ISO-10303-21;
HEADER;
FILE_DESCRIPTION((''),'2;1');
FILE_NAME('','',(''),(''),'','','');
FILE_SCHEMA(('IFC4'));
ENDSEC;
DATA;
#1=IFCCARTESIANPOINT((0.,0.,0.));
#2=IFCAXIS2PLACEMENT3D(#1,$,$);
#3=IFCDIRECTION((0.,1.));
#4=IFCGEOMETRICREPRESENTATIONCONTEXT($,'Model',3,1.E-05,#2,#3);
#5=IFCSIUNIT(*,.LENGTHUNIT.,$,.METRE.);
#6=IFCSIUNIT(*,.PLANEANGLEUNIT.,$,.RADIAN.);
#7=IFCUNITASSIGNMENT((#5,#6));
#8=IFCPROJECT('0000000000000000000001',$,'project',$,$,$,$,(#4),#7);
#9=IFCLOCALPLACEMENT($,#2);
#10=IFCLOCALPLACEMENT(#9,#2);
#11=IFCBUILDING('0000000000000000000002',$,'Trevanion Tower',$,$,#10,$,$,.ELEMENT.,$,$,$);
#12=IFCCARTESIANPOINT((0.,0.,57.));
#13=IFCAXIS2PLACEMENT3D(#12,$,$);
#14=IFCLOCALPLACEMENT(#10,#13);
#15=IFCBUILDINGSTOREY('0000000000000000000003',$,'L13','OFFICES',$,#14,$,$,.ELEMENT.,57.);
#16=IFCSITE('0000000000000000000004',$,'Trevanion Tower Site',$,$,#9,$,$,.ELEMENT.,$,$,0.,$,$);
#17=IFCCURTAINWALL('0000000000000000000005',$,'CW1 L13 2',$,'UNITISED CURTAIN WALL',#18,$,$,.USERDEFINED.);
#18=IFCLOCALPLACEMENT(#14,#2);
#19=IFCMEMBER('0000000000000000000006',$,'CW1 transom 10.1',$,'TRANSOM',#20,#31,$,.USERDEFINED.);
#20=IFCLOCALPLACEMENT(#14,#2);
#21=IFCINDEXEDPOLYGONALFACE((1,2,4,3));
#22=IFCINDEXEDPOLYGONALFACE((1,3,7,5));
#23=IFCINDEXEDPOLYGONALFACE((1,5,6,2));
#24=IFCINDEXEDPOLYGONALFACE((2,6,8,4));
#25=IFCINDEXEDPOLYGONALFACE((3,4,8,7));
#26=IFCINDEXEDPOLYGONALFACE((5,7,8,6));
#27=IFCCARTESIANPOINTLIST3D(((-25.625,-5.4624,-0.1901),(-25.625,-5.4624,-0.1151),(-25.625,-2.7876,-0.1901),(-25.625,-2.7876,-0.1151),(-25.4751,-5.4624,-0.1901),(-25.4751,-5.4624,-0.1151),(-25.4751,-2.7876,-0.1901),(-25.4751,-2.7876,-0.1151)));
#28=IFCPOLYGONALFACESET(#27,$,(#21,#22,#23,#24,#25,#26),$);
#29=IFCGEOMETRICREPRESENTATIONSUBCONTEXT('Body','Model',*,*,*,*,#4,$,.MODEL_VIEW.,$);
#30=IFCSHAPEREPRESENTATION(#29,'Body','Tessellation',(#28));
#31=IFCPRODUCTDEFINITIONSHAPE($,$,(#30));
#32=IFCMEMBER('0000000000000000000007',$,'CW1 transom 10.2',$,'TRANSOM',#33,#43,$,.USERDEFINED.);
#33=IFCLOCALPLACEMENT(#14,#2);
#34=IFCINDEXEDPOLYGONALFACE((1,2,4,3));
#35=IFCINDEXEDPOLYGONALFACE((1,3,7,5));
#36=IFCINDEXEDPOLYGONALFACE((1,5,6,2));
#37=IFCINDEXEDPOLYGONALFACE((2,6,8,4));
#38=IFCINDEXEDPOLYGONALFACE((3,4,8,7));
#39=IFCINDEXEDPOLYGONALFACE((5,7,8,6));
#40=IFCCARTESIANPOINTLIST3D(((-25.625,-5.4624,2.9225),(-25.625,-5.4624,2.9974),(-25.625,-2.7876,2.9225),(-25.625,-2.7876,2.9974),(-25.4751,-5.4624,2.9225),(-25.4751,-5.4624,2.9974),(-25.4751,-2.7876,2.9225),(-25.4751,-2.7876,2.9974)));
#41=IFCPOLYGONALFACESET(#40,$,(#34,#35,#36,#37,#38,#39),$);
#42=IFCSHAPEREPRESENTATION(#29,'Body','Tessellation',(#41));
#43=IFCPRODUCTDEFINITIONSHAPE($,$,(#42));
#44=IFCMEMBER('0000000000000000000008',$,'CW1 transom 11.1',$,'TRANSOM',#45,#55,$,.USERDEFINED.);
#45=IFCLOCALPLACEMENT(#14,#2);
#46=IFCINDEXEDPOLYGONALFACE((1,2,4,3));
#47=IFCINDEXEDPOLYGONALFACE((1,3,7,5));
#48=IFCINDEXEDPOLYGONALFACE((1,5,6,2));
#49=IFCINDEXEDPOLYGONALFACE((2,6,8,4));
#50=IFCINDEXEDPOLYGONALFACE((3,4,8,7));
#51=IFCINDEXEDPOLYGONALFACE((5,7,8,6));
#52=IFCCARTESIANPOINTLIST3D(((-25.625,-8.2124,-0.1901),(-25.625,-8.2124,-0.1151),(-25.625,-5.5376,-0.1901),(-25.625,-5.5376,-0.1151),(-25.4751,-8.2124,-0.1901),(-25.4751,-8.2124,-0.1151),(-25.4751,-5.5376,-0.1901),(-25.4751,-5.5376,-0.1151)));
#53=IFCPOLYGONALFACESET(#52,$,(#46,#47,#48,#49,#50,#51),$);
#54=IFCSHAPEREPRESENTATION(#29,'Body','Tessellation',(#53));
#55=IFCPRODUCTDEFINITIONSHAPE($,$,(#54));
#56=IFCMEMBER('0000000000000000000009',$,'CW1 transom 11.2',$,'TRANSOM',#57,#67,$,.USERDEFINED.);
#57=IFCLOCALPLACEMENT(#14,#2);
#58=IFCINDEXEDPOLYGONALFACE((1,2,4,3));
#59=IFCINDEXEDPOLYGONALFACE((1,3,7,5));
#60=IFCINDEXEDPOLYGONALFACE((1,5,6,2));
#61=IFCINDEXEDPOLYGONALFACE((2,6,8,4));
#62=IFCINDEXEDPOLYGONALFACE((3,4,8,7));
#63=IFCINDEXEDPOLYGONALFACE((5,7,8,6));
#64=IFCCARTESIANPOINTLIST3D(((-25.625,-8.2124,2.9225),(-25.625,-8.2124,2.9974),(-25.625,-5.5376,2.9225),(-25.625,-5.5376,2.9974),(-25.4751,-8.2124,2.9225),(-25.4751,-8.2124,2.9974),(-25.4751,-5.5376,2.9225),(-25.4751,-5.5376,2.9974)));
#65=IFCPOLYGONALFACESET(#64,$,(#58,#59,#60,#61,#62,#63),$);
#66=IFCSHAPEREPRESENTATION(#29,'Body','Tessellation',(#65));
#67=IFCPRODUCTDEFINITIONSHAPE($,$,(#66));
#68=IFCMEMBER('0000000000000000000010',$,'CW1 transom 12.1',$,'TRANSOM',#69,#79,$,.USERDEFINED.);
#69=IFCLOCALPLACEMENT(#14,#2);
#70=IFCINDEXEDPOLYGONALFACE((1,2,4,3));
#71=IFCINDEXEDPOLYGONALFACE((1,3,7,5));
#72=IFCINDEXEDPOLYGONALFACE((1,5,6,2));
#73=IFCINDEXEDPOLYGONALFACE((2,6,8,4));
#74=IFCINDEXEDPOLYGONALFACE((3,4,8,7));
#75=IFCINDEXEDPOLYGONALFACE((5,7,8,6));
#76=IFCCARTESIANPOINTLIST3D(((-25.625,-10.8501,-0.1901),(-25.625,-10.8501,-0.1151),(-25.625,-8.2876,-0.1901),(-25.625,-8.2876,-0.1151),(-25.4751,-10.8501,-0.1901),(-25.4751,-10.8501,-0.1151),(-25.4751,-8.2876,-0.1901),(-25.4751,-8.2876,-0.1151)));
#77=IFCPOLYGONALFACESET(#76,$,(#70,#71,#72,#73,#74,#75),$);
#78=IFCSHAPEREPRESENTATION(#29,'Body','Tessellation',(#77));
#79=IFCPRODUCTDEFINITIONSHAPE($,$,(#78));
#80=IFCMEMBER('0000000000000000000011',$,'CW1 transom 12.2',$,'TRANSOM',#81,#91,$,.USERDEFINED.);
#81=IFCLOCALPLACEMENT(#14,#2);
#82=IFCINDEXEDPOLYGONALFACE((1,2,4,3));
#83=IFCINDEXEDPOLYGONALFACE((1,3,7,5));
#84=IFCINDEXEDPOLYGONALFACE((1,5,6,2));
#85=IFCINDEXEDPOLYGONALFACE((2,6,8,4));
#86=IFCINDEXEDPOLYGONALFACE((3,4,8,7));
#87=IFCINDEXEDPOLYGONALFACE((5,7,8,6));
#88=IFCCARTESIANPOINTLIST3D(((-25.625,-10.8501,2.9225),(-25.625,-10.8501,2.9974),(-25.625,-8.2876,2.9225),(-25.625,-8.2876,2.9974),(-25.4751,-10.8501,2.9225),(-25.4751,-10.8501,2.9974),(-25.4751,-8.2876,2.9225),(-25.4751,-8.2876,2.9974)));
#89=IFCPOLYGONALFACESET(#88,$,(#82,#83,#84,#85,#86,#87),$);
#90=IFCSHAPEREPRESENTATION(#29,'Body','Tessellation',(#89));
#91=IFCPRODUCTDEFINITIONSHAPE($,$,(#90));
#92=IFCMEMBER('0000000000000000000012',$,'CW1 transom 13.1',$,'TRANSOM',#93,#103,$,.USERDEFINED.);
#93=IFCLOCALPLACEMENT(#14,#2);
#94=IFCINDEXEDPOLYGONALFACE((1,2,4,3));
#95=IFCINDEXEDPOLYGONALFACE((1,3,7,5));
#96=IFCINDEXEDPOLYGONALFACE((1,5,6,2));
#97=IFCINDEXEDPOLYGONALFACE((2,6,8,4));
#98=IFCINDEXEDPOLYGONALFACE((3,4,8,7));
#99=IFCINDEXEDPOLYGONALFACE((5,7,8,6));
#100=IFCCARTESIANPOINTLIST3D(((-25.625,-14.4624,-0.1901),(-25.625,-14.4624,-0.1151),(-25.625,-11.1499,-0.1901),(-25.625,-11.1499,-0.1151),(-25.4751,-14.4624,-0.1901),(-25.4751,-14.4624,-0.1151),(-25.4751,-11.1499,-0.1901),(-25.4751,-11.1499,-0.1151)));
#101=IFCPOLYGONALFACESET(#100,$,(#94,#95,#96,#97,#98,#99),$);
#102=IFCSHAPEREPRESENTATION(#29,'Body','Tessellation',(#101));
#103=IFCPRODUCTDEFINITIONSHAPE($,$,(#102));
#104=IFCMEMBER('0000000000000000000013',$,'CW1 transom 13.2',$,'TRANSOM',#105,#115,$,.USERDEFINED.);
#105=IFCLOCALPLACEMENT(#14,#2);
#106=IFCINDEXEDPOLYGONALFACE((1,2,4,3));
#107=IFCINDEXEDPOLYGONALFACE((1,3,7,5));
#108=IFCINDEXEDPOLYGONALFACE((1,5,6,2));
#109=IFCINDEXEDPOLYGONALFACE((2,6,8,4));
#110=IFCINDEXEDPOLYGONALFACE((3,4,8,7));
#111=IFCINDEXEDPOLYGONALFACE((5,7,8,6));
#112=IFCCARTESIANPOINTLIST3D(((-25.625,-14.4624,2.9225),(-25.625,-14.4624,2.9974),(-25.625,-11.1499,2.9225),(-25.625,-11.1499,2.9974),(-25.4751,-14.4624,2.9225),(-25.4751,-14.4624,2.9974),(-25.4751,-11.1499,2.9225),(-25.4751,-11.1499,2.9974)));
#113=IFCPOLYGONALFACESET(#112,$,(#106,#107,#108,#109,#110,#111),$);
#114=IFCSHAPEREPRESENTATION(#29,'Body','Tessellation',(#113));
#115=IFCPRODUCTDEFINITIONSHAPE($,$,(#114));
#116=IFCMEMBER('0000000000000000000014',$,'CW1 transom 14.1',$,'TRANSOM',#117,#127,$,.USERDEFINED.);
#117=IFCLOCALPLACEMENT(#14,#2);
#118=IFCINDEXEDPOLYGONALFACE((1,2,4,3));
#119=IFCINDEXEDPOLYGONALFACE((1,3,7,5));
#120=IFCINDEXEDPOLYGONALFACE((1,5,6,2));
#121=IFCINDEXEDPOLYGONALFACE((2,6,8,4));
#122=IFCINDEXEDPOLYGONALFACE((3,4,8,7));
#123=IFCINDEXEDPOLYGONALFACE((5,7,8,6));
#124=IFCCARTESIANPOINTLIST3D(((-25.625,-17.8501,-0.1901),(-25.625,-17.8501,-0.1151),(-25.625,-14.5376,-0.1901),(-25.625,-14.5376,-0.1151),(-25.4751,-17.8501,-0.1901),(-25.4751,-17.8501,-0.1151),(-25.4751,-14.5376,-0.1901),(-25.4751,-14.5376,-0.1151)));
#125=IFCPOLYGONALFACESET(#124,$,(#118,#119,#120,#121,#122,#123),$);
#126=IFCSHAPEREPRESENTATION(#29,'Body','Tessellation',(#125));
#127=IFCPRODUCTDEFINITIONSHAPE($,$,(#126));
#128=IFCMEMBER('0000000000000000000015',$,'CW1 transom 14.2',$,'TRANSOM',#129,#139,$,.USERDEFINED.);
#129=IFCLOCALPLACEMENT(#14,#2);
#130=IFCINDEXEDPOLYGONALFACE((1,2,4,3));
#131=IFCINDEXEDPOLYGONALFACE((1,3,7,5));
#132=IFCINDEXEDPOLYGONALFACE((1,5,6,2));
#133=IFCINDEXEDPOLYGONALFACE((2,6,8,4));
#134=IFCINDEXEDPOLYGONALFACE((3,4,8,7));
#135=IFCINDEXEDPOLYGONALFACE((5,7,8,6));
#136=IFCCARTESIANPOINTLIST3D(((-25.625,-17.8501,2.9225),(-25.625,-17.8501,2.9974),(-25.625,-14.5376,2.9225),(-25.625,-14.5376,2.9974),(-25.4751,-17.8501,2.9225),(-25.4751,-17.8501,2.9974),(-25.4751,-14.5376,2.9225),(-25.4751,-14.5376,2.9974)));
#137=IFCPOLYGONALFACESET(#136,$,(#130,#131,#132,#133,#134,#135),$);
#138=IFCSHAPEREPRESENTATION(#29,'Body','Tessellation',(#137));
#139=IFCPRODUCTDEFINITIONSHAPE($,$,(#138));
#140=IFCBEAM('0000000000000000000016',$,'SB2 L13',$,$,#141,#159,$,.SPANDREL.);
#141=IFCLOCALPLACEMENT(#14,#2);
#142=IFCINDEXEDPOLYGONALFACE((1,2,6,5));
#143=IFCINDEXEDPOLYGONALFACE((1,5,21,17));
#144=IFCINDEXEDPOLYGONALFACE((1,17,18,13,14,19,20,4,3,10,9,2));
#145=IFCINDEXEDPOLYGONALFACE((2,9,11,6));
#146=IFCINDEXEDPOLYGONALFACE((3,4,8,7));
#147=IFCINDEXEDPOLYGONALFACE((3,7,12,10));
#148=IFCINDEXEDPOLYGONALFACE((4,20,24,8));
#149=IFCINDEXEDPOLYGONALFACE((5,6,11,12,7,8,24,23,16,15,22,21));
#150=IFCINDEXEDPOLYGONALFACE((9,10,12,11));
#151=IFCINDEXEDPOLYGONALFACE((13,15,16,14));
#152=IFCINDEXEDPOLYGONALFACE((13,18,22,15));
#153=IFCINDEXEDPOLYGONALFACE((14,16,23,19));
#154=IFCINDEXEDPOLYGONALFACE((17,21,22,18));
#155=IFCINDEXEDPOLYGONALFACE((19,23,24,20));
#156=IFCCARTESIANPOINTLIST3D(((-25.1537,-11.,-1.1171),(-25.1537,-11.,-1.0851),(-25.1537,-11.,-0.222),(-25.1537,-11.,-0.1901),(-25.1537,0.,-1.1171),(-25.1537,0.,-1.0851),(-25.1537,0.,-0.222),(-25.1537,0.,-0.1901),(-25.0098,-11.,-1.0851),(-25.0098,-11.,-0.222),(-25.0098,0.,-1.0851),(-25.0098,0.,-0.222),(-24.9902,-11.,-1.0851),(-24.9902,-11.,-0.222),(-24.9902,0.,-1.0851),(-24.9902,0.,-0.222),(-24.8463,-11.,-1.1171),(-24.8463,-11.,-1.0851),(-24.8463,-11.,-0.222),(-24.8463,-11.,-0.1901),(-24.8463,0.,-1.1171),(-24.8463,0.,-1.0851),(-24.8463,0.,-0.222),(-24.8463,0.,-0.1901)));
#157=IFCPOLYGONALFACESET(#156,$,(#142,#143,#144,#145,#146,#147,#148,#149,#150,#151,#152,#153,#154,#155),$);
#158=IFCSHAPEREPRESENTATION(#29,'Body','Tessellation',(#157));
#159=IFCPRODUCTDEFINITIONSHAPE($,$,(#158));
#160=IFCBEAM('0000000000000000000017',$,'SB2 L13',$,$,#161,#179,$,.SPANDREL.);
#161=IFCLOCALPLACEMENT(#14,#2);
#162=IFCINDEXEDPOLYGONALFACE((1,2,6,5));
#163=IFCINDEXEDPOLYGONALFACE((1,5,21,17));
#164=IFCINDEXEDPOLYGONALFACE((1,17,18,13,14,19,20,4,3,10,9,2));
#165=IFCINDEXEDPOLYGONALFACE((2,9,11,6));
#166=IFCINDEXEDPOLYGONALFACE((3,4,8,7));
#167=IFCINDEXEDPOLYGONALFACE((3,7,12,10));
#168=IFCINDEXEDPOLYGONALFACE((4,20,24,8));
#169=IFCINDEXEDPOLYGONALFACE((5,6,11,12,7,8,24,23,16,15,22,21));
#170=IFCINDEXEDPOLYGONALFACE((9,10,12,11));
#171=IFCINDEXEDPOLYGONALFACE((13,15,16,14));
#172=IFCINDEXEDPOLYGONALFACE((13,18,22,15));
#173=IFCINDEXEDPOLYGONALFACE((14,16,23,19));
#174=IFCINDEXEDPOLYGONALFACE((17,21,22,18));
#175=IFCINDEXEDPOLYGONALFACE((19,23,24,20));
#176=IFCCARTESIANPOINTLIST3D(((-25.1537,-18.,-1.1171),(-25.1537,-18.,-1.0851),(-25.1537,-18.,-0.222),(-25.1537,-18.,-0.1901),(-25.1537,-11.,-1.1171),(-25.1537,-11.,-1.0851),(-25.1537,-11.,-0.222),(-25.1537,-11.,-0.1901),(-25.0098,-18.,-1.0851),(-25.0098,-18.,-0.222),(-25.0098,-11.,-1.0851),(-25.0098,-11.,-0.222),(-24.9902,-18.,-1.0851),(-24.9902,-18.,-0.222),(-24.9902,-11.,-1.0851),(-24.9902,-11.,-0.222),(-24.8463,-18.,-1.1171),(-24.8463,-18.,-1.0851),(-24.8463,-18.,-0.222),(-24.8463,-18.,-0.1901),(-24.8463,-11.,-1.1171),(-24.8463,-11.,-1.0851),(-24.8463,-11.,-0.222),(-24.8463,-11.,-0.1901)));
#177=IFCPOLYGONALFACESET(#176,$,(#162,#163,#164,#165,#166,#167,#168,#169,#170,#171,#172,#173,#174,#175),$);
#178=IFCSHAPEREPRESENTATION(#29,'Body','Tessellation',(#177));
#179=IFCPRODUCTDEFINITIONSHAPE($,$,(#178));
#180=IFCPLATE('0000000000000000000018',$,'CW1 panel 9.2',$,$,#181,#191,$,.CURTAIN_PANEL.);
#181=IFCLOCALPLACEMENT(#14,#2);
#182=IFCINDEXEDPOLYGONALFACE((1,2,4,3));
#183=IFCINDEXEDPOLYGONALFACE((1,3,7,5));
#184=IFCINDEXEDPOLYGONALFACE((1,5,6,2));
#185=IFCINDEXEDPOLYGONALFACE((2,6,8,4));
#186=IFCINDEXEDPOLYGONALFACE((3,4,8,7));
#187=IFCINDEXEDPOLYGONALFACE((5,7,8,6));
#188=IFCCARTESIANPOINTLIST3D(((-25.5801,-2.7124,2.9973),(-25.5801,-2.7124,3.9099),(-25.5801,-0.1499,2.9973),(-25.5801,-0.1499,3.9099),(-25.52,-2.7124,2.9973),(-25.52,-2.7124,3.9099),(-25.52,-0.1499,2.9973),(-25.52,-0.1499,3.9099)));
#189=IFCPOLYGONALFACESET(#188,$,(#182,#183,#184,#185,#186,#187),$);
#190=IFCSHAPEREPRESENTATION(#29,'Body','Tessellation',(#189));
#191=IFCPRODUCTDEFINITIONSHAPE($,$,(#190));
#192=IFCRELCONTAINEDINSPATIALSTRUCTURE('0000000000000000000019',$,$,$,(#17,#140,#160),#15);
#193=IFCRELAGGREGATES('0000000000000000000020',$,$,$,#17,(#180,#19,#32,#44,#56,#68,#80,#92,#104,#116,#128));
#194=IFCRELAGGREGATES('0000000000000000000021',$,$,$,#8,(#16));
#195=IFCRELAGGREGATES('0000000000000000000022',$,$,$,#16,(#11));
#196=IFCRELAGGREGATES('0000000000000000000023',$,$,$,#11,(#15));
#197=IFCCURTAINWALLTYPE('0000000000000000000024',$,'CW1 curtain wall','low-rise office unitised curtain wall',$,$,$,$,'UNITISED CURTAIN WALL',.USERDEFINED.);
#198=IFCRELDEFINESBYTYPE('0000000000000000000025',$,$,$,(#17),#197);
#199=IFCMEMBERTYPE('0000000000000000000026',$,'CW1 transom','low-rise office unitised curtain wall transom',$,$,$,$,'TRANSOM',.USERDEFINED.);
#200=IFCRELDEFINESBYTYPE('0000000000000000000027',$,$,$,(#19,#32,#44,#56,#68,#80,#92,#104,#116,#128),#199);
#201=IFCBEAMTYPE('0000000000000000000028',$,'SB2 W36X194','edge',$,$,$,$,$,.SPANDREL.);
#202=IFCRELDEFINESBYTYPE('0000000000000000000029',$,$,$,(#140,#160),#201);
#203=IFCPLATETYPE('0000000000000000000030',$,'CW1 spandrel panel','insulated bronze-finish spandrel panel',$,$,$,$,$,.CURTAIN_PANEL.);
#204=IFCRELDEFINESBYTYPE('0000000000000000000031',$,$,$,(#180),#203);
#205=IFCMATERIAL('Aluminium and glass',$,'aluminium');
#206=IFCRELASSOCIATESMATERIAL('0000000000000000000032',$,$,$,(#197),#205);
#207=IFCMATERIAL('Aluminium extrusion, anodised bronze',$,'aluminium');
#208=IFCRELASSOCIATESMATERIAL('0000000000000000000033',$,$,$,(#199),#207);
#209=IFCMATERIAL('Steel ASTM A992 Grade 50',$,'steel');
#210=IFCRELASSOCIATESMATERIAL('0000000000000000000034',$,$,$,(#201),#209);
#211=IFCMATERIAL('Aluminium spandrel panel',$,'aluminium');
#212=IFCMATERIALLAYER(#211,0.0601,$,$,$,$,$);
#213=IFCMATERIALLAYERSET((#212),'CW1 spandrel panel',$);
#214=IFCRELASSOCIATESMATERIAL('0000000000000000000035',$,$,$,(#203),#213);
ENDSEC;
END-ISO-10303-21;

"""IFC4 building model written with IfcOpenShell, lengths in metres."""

from ifc_helpers import new_model, si_unit, direction, frame, origin, origin_2d, place, context, subcontext, project, spatial, rectangle, i_section, extrude, material, layer, layer_set, material_profile, profile_set, type_object, element, aggregate, save


model = new_model("IFC4")

# Units and contexts
model_context = context("Model", 3, precision=1e-05, world=origin(), true_north=direction((0.0, 1.0)))
body_context = subcontext(model_context, "Body", "Model", "MODEL_VIEW")
ifc_project = project(units=[si_unit("LENGTHUNIT", "METRE"), si_unit("PLANEANGLEUNIT", "RADIAN")], contexts=[model_context])

# Site, building, storey
site_placement = place(None, origin())
site = spatial("IfcSite", under=ifc_project, at=site_placement, Name="Trevanion Tower Site", CompositionType="ELEMENT", RefElevation=0.0)
building_placement = place(site_placement, origin())
building = spatial("IfcBuilding", under=site, at=building_placement, Name="Trevanion Tower", CompositionType="ELEMENT")
storey_placement = place(building_placement, frame((0.0, 0.0, 57.0)))
storey = spatial("IfcBuildingStorey", under=building, at=storey_placement, Name="L13", Description="OFFICES", CompositionType="ELEMENT", Elevation=57.0)

# Curtain wall, members
ifc_material_1 = material(Name="Aluminium and glass", Category="aluminium")
curtain_wall_type = type_object("IfcCurtainWallType", Name="CW1 curtain wall", Description="low-rise office unitised curtain wall", ElementType="UNITISED CURTAIN WALL", PredefinedType="USERDEFINED", material=ifc_material_1)
curtain_wall_placement = place(storey_placement, origin())
curtain_wall = element("IfcCurtainWall", 1, at=curtain_wall_placement, inside=storey, type_object=curtain_wall_type, Name="CW1 L13 2", ObjectType="UNITISED CURTAIN WALL", PredefinedType="USERDEFINED")
ifc_material_2 = material(Name="Aluminium extrusion, anodised bronze", Category="aluminium")
ifc_material_profile_1 = material_profile(ifc_material_2, rectangle(XDim=0.1499, YDim=0.075, at=origin_2d()), Name="CW1 transom")
ifc_profile_set_1 = profile_set([ifc_material_profile_1], Name="Aluminium extrusion, anodised bronze")
member_type_1 = type_object("IfcMemberType", Name="CW1 transom", Description="low-rise office unitised curtain wall transom", ElementType="TRANSOM", PredefinedType="USERDEFINED", material=ifc_profile_set_1)
member_1_placement = place(storey_placement, frame((-25.55, -2.7876, -0.1526), z_axis=(0.0, -1.0, 0.0), x_axis=(1.0, 0.0, 0.0)))
member_1 = element("IfcMember", 2, at=member_1_placement, type_object=member_type_1, Name="CW1 transom 10.1", ObjectType="TRANSOM", PredefinedType="USERDEFINED", context=body_context, shape_type="SweptSolid", body=[
    extrude(rectangle(XDim=0.1499, YDim=0.075, at=origin_2d()), origin(), (0.0, 0.0, 1.0), 2.6748),
])
member_2_placement = place(storey_placement, frame((-25.55, -2.7876, 2.96), z_axis=(0.0, -1.0, 0.0), x_axis=(1.0, 0.0, 0.0)))
member_2 = element("IfcMember", 3, at=member_2_placement, type_object=member_type_1, Name="CW1 transom 10.2", ObjectType="TRANSOM", PredefinedType="USERDEFINED", context=body_context, shape_type="SweptSolid", body=[
    extrude(rectangle(XDim=0.1499, YDim=0.075, at=origin_2d()), origin(), (0.0, 0.0, 1.0), 2.6748),
])
member_3_placement = place(storey_placement, frame((-25.55, -5.5376, -0.1526), z_axis=(0.0, -1.0, 0.0), x_axis=(1.0, 0.0, 0.0)))
member_3 = element("IfcMember", 4, at=member_3_placement, type_object=member_type_1, Name="CW1 transom 11.1", ObjectType="TRANSOM", PredefinedType="USERDEFINED", context=body_context, shape_type="SweptSolid", body=[
    extrude(rectangle(XDim=0.1499, YDim=0.075, at=origin_2d()), origin(), (0.0, 0.0, 1.0), 2.6748),
])
member_4_placement = place(storey_placement, frame((-25.55, -5.5376, 2.96), z_axis=(0.0, -1.0, 0.0), x_axis=(1.0, 0.0, 0.0)))
member_4 = element("IfcMember", 5, at=member_4_placement, type_object=member_type_1, Name="CW1 transom 11.2", ObjectType="TRANSOM", PredefinedType="USERDEFINED", context=body_context, shape_type="SweptSolid", body=[
    extrude(rectangle(XDim=0.1499, YDim=0.075, at=origin_2d()), origin(), (0.0, 0.0, 1.0), 2.6748),
])
member_5_placement = place(storey_placement, frame((-25.55, -8.2876, -0.1526), z_axis=(0.0, -1.0, 0.0), x_axis=(1.0, 0.0, 0.0)))
member_5 = element("IfcMember", 6, at=member_5_placement, type_object=member_type_1, Name="CW1 transom 12.1", ObjectType="TRANSOM", PredefinedType="USERDEFINED", context=body_context, shape_type="SweptSolid", body=[
    extrude(rectangle(XDim=0.1499, YDim=0.075, at=origin_2d()), origin(), (0.0, 0.0, 1.0), 2.5625),
])
member_6_placement = place(storey_placement, frame((-25.55, -8.2876, 2.96), z_axis=(0.0, -1.0, 0.0), x_axis=(1.0, 0.0, 0.0)))
member_6 = element("IfcMember", 7, at=member_6_placement, type_object=member_type_1, Name="CW1 transom 12.2", ObjectType="TRANSOM", PredefinedType="USERDEFINED", context=body_context, shape_type="SweptSolid", body=[
    extrude(rectangle(XDim=0.1499, YDim=0.075, at=origin_2d()), origin(), (0.0, 0.0, 1.0), 2.5625),
])
member_7_placement = place(storey_placement, frame((-25.55, -11.1499, -0.1526), z_axis=(0.0, -1.0, 0.0), x_axis=(1.0, 0.0, 0.0)))
member_7 = element("IfcMember", 8, at=member_7_placement, type_object=member_type_1, Name="CW1 transom 13.1", ObjectType="TRANSOM", PredefinedType="USERDEFINED", context=body_context, shape_type="SweptSolid", body=[
    extrude(rectangle(XDim=0.1499, YDim=0.075, at=origin_2d()), origin(), (0.0, 0.0, 1.0), 3.3125),
])
member_8_placement = place(storey_placement, frame((-25.55, -11.1499, 2.96), z_axis=(0.0, -1.0, 0.0), x_axis=(1.0, 0.0, 0.0)))
member_8 = element("IfcMember", 9, at=member_8_placement, type_object=member_type_1, Name="CW1 transom 13.2", ObjectType="TRANSOM", PredefinedType="USERDEFINED", context=body_context, shape_type="SweptSolid", body=[
    extrude(rectangle(XDim=0.1499, YDim=0.075, at=origin_2d()), origin(), (0.0, 0.0, 1.0), 3.3125),
])
member_9_placement = place(storey_placement, frame((-25.55, -14.5376, -0.1526), z_axis=(0.0, -1.0, 0.0), x_axis=(1.0, 0.0, 0.0)))
member_9 = element("IfcMember", 10, at=member_9_placement, type_object=member_type_1, Name="CW1 transom 14.1", ObjectType="TRANSOM", PredefinedType="USERDEFINED", context=body_context, shape_type="SweptSolid", body=[
    extrude(rectangle(XDim=0.1499, YDim=0.075, at=origin_2d()), origin(), (0.0, 0.0, 1.0), 3.3125),
])
member_10_placement = place(storey_placement, frame((-25.55, -14.5376, 2.96), z_axis=(0.0, -1.0, 0.0), x_axis=(1.0, 0.0, 0.0)))
member_10 = element("IfcMember", 11, at=member_10_placement, type_object=member_type_1, Name="CW1 transom 14.2", ObjectType="TRANSOM", PredefinedType="USERDEFINED", context=body_context, shape_type="SweptSolid", body=[
    extrude(rectangle(XDim=0.1499, YDim=0.075, at=origin_2d()), origin(), (0.0, 0.0, 1.0), 3.3125),
])

# Beams
ifc_material_3 = material(Name="Steel ASTM A992 Grade 50", Category="steel")
ifc_material_profile_2 = material_profile(ifc_material_3, i_section(OverallWidth=0.3074, OverallDepth=0.927, WebThickness=0.0195, FlangeThickness=0.032, at=origin_2d()), Name="W36X194")
ifc_profile_set_2 = profile_set([ifc_material_profile_2], Name="Steel ASTM A992 Grade 50")
beam_type_1 = type_object("IfcBeamType", Name="SB2 W36X194", Description="edge", PredefinedType="SPANDREL", material=ifc_profile_set_2)
beam_1_placement = place(storey_placement, frame((-25.0, 0.0, -0.6536), z_axis=(0.0, -1.0, 0.0), x_axis=(1.0, 0.0, 0.0)))
element("IfcBeam", 12, at=beam_1_placement, inside=storey, type_object=beam_type_1, Name="SB2 L13", PredefinedType="SPANDREL", context=body_context, shape_type="SweptSolid", body=[
    extrude(i_section(OverallWidth=0.3074, OverallDepth=0.927, WebThickness=0.0195, FlangeThickness=0.032, at=origin_2d()), origin(), (0.0, 0.0, 1.0), 11.0),
])
beam_2_placement = place(storey_placement, frame((-25.0, -11.0, -0.6536), z_axis=(0.0, -1.0, 0.0), x_axis=(1.0, 0.0, 0.0)))
element("IfcBeam", 13, at=beam_2_placement, inside=storey, type_object=beam_type_1, Name="SB2 L13", PredefinedType="SPANDREL", context=body_context, shape_type="SweptSolid", body=[
    extrude(i_section(OverallWidth=0.3074, OverallDepth=0.927, WebThickness=0.0195, FlangeThickness=0.032, at=origin_2d()), origin(), (0.0, 0.0, 1.0), 7.0),
])

# Plate
ifc_material_4 = material(Name="Aluminium spandrel panel", Category="aluminium")
ifc_layer_1 = layer(ifc_material_4, 0.0601)
ifc_layer_set_1 = layer_set([ifc_layer_1], Name="CW1 spandrel panel")
plate_type_1 = type_object("IfcPlateType", Name="CW1 spandrel panel", Description="insulated bronze-finish spandrel panel", PredefinedType="CURTAIN_PANEL", material=ifc_layer_set_1)
plate_1_placement = place(storey_placement, frame((-25.55, -1.4312, 2.9973), z_axis=(0.0, 0.0, 1.0), x_axis=(0.0, -1.0, 0.0)))
plate_1 = element("IfcPlate", 14, at=plate_1_placement, type_object=plate_type_1, Name="CW1 panel 9.2", PredefinedType="CURTAIN_PANEL", context=body_context, shape_type="SweptSolid", body=[
    extrude(rectangle(XDim=2.5625, YDim=0.0601, at=origin_2d()), origin(), (0.0, 0.0, 1.0), 0.9126),
])
aggregate(curtain_wall, [plate_1, member_1, member_2, member_3, member_4, member_5, member_6, member_7, member_8, member_9, member_10])

save(model, "model.ifc")
